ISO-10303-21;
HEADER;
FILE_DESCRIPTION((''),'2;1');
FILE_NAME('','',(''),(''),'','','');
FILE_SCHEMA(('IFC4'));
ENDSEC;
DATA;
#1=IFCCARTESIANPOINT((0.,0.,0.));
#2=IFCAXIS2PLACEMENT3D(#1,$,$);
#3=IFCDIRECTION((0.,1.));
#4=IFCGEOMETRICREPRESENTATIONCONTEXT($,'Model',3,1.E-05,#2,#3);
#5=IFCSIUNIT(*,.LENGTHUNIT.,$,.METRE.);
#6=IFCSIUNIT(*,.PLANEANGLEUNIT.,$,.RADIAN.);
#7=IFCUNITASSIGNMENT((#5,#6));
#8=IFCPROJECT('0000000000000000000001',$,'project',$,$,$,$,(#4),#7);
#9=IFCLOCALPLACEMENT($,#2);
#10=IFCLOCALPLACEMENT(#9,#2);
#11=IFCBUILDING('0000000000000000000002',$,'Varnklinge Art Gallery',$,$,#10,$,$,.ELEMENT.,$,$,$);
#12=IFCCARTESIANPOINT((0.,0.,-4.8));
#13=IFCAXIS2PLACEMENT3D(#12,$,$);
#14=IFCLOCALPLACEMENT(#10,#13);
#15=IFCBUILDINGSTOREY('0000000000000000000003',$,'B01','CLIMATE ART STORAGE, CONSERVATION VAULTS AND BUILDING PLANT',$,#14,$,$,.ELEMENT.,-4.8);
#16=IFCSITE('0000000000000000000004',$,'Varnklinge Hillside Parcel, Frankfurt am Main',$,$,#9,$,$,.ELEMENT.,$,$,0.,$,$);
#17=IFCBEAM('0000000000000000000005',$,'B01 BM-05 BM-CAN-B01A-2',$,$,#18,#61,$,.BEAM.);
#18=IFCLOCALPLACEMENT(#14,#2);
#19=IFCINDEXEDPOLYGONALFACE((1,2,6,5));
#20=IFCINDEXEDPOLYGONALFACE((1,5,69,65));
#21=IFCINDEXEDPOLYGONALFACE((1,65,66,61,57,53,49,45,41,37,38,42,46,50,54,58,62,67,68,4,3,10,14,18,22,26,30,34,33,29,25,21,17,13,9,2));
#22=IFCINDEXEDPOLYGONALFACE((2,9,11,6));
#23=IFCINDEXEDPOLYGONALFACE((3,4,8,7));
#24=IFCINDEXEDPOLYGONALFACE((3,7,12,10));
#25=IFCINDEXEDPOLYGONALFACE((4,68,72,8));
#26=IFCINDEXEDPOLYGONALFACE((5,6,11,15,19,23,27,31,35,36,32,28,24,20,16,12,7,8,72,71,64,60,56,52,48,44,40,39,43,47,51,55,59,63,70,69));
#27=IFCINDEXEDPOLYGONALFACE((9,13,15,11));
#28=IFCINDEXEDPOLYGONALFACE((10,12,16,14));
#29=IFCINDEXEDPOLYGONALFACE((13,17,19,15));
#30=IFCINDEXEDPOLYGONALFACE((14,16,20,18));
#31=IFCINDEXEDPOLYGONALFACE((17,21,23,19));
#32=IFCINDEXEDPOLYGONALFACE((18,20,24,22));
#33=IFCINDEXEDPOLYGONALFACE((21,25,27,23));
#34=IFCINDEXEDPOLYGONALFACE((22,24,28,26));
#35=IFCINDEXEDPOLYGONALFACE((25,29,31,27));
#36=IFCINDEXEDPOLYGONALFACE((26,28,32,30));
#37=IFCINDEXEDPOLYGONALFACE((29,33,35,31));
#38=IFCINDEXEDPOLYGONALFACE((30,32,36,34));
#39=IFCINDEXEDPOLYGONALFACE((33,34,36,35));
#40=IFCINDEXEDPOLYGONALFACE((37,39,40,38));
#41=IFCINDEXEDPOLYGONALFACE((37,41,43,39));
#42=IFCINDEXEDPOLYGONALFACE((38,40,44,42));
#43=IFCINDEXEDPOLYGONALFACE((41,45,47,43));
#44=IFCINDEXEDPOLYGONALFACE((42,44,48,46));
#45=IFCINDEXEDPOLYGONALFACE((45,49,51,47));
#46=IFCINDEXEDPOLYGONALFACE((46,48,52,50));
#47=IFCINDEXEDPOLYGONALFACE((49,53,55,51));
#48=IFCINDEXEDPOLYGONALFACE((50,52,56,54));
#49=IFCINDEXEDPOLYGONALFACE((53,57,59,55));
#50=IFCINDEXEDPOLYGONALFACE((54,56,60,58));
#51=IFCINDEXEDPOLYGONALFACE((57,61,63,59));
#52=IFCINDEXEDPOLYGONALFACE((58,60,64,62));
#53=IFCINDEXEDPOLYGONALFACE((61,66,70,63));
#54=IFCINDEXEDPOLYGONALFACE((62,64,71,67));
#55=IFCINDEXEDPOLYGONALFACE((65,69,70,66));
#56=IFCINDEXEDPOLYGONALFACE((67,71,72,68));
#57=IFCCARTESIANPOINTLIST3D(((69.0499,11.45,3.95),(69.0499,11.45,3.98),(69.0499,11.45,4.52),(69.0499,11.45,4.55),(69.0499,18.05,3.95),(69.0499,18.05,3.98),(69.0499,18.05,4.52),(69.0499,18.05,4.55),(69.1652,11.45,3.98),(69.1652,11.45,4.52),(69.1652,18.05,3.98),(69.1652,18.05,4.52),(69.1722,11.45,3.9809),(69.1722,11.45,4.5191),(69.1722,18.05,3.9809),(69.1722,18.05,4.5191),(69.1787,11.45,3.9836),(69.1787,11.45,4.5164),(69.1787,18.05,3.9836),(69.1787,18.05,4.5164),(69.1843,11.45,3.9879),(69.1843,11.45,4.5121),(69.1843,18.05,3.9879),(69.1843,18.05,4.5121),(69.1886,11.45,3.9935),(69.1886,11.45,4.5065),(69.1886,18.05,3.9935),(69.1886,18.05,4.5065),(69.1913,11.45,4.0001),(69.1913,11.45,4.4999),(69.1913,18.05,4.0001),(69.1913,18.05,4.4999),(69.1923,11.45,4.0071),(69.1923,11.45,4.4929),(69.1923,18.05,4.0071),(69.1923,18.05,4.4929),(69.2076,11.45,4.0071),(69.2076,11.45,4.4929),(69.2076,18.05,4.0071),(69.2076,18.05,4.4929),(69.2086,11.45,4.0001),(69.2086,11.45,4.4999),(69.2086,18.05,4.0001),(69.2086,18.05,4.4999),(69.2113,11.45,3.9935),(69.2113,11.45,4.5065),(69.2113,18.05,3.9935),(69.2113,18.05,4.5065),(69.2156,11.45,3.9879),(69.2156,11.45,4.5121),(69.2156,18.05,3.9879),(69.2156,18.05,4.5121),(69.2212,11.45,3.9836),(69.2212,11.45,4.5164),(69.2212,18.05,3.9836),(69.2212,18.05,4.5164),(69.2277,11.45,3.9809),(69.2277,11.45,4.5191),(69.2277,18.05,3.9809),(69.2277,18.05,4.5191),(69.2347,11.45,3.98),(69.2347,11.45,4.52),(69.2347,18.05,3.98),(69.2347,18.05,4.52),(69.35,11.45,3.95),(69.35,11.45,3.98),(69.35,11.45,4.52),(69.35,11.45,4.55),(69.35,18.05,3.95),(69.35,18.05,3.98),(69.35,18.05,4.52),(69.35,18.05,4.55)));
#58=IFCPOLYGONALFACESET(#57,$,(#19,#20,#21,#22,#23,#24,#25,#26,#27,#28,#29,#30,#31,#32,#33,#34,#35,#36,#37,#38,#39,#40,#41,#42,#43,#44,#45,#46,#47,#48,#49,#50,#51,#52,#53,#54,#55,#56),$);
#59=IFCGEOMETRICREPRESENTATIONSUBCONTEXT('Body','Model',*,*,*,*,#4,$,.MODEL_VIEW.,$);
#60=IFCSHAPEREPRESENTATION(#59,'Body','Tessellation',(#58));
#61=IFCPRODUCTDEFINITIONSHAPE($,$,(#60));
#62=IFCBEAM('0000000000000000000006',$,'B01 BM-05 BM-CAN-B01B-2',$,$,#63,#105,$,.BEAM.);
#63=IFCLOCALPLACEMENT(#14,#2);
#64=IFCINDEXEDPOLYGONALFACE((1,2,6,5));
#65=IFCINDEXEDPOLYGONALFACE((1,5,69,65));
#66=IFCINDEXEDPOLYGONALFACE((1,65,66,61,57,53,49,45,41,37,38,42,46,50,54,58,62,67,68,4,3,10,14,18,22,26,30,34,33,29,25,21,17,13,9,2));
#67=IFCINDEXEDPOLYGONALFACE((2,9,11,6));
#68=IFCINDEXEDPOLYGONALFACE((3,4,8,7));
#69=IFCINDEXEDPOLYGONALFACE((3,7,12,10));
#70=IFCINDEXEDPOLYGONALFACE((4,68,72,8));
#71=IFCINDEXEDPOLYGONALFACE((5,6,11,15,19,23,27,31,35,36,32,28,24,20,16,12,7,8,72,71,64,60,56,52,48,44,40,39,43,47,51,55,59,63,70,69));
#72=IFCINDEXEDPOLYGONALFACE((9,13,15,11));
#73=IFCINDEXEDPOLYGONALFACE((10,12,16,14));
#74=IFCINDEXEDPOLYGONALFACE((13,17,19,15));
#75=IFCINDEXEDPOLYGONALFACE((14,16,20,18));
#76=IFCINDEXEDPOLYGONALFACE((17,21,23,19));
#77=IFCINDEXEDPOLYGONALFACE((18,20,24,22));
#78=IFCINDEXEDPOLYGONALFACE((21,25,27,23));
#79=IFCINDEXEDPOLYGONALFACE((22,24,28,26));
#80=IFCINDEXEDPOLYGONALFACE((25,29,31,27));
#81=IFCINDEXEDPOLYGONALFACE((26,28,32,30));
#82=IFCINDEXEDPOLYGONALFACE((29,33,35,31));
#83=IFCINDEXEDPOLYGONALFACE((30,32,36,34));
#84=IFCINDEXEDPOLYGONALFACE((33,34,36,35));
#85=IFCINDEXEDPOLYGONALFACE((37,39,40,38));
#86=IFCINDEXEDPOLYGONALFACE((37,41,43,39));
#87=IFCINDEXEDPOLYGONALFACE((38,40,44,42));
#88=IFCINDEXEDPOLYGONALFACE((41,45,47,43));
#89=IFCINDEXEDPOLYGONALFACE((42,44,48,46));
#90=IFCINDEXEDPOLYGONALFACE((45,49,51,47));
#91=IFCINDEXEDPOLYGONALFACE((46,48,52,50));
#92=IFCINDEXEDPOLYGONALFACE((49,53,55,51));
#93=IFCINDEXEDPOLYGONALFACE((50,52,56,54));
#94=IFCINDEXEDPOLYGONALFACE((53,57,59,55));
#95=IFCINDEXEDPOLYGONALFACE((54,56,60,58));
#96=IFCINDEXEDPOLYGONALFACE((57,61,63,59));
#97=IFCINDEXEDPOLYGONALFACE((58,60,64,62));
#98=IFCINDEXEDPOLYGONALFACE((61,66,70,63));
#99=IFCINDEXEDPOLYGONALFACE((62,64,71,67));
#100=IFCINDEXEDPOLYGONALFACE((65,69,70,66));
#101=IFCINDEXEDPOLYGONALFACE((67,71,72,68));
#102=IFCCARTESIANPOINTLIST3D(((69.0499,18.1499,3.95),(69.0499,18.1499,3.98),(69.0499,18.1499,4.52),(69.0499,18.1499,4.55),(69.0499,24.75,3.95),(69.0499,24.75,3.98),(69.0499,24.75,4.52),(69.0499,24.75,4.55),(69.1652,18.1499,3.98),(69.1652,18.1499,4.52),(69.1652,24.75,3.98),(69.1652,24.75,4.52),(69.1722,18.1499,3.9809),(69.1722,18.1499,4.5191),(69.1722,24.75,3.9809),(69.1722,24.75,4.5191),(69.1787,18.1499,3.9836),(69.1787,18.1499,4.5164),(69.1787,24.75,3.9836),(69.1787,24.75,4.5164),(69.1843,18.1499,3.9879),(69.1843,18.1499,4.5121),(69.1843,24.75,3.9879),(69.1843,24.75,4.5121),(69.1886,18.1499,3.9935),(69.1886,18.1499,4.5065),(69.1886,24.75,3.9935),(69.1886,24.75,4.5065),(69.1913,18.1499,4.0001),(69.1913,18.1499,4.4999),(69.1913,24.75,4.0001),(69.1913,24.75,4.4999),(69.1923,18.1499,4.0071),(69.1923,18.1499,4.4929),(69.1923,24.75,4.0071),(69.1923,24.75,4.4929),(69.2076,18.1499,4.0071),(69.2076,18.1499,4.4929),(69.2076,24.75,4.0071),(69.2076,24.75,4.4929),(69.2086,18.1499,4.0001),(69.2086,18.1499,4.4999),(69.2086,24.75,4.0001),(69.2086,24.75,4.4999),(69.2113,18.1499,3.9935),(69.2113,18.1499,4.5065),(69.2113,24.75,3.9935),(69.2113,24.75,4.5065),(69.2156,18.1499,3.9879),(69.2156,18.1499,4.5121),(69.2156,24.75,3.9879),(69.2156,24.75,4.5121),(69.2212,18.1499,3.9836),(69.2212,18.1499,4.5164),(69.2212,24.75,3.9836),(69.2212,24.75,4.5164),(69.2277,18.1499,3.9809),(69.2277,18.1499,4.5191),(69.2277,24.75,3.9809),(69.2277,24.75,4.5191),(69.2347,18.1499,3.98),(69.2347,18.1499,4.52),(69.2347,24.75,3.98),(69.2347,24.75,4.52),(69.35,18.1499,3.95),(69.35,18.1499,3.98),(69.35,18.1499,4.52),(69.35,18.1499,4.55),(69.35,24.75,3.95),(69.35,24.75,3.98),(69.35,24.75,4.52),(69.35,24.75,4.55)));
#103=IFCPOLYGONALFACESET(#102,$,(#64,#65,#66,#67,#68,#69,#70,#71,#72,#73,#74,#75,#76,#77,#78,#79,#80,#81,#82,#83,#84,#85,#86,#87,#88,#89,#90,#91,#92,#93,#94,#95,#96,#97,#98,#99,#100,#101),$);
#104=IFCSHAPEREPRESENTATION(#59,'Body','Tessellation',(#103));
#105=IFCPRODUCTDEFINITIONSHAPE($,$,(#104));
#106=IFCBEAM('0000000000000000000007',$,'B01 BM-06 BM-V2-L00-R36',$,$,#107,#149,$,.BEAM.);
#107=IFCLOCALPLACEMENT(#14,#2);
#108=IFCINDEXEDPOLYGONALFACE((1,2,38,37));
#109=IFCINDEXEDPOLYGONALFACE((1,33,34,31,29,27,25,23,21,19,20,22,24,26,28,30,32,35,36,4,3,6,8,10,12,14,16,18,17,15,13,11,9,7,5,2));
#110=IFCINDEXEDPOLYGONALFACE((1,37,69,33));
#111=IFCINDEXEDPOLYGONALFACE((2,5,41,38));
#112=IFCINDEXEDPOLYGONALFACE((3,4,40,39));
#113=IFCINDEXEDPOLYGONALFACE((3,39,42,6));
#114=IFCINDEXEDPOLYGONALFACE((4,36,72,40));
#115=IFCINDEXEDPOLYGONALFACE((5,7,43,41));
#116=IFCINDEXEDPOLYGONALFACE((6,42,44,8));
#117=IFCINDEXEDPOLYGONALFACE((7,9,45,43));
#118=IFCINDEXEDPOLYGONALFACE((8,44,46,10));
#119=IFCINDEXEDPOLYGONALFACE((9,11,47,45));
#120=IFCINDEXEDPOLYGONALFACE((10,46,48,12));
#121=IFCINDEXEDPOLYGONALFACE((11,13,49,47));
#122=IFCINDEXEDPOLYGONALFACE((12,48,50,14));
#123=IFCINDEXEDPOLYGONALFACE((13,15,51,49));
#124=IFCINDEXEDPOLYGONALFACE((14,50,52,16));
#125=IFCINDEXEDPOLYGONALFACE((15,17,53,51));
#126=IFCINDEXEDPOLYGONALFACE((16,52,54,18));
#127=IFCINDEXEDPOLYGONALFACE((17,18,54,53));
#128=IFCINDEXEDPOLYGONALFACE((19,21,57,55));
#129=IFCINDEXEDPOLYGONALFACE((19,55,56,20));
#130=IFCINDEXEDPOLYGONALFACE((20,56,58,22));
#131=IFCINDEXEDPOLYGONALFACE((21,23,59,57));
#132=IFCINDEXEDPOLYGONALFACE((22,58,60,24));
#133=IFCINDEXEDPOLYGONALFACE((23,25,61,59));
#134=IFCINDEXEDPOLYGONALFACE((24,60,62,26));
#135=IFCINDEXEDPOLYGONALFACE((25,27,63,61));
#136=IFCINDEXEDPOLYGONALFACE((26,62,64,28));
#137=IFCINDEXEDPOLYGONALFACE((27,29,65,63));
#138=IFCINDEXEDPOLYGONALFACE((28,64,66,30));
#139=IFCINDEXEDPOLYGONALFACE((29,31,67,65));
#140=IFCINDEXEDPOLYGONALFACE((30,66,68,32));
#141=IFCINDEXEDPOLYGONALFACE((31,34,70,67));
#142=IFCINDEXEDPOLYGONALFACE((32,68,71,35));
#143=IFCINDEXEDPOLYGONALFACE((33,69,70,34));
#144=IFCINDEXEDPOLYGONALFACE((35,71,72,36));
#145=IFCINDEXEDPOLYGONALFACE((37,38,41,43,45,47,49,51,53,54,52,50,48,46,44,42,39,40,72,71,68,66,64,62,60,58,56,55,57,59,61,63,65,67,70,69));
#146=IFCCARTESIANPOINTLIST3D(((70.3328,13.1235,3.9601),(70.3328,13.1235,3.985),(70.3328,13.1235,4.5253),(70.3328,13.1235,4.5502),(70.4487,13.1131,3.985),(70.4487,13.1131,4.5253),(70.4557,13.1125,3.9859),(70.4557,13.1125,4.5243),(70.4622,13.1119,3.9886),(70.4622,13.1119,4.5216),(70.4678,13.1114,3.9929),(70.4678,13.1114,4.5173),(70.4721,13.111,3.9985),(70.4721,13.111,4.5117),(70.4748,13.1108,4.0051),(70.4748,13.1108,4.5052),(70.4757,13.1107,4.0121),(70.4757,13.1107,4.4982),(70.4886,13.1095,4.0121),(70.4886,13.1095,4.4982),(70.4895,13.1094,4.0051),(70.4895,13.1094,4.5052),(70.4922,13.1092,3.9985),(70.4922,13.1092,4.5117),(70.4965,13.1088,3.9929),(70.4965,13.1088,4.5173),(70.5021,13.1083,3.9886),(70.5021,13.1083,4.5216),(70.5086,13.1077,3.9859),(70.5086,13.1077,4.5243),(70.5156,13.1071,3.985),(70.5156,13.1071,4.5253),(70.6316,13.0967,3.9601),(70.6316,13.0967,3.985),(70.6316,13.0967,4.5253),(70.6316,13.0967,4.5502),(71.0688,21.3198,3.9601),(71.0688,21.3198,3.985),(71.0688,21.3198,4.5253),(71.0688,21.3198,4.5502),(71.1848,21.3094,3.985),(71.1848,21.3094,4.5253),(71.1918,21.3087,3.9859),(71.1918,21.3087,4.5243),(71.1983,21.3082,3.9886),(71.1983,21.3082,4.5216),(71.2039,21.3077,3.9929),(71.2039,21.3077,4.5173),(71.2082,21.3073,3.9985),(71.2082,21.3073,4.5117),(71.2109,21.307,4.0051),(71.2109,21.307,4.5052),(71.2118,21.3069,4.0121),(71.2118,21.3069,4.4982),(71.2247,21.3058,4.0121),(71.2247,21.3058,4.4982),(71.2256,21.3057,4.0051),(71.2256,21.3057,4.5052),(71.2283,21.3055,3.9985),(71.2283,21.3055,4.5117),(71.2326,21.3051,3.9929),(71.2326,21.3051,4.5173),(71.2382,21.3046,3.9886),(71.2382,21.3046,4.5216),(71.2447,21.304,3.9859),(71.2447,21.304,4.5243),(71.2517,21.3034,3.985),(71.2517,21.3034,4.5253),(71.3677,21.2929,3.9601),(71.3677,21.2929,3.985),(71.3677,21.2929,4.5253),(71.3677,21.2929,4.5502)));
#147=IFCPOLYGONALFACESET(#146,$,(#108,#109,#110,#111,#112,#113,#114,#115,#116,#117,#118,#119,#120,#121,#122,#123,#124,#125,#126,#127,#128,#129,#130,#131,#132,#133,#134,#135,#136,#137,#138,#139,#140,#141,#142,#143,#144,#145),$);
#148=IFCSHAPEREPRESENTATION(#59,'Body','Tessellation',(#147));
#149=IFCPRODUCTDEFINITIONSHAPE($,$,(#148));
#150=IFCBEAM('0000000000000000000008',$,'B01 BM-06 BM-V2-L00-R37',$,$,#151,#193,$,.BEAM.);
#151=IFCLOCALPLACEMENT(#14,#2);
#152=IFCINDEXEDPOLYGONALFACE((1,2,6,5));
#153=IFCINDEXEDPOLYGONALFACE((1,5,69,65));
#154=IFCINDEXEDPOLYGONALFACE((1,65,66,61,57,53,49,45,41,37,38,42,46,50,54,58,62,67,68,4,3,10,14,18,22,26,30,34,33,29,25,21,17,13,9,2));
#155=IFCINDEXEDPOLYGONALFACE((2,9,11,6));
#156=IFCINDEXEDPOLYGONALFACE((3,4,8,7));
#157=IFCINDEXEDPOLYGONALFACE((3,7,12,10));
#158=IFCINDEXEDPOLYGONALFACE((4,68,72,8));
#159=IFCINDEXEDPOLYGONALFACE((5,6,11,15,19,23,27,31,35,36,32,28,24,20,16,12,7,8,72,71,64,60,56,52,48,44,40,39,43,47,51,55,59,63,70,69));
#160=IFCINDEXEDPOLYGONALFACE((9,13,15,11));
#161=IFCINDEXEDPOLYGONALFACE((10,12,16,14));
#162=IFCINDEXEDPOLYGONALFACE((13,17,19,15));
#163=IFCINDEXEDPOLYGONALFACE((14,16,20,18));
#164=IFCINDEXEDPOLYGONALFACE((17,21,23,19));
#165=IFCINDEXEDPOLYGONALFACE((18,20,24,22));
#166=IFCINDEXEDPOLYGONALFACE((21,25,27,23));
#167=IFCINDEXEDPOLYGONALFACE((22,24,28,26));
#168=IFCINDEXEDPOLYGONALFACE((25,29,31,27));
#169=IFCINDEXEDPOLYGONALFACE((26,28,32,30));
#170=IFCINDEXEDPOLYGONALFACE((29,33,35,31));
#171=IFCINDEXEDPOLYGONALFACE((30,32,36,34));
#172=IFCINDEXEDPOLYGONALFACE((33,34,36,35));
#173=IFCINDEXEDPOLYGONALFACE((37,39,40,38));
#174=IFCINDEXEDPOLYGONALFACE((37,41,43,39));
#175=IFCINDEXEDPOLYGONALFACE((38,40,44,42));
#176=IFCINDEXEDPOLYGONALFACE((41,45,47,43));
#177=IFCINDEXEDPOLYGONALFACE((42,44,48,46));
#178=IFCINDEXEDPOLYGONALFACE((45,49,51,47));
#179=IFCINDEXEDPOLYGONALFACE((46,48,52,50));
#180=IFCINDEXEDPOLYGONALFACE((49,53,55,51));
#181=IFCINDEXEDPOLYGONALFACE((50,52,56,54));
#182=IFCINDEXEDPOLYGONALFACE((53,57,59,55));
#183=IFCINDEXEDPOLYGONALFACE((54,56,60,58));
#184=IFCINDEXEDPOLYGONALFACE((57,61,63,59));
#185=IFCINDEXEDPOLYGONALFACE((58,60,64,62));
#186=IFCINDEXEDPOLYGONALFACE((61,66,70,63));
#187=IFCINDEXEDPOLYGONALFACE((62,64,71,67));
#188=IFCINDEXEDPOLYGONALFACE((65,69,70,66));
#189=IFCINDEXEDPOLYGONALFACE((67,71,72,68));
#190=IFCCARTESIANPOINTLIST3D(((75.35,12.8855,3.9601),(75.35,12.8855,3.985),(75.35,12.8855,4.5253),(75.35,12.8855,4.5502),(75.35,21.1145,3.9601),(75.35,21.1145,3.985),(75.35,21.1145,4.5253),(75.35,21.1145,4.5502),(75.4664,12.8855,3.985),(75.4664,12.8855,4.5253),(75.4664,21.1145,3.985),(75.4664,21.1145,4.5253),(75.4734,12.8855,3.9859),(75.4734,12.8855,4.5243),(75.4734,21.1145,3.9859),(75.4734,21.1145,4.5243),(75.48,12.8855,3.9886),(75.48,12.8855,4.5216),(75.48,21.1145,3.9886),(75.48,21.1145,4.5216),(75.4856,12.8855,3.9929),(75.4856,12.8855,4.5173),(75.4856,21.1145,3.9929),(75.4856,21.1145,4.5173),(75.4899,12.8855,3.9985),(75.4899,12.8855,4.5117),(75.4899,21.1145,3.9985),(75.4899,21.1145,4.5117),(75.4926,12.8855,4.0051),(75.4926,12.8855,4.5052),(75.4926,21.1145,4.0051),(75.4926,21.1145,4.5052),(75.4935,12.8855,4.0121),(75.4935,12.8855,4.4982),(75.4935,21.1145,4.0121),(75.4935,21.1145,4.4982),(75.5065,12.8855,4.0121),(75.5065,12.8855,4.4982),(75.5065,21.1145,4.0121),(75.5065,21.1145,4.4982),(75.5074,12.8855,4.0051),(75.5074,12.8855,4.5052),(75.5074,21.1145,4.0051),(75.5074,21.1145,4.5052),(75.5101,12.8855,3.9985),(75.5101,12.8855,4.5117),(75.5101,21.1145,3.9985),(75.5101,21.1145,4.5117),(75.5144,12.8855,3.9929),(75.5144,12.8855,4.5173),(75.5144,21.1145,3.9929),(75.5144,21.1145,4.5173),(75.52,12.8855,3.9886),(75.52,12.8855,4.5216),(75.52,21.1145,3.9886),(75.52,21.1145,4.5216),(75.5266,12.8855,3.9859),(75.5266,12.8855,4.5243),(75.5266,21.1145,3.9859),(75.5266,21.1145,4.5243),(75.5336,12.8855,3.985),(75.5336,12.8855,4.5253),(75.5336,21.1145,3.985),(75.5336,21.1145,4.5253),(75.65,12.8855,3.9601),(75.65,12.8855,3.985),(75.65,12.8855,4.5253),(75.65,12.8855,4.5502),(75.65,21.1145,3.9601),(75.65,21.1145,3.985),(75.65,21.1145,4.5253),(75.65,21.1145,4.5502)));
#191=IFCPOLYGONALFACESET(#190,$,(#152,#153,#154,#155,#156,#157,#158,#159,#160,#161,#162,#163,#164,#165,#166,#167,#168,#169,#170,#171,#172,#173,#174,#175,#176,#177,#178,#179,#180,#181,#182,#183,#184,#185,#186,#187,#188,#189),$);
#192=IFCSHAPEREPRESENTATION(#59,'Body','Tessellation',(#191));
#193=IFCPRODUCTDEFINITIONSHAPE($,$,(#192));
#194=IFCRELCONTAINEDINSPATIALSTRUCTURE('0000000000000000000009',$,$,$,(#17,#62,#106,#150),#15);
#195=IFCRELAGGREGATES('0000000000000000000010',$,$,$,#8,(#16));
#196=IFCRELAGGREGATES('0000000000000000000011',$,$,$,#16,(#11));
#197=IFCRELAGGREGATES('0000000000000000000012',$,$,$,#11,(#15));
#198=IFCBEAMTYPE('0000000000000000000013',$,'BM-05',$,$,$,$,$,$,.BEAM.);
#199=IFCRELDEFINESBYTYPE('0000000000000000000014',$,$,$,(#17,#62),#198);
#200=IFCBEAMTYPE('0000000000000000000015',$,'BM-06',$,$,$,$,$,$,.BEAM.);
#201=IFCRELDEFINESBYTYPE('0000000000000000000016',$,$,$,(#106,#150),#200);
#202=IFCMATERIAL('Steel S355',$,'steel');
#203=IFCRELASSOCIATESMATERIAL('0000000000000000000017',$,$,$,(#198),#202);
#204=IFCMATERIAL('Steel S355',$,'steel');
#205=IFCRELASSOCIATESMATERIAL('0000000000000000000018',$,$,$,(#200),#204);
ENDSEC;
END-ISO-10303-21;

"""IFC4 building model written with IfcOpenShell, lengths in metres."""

from ifc_helpers import new_model, si_unit, direction, frame, origin, origin_2d, place, context, subcontext, project, spatial, i_section, extrude, material, material_profile, profile_set, type_object, element, save


model = new_model("IFC4")

# Units and contexts
model_context = context("Model", 3, precision=1e-05, world=origin(), true_north=direction((0.0, 1.0)))
body_context = subcontext(model_context, "Body", "Model", "MODEL_VIEW")
ifc_project = project(units=[si_unit("LENGTHUNIT", "METRE"), si_unit("PLANEANGLEUNIT", "RADIAN")], contexts=[model_context])

# Site, building, storey
site_placement = place(None, origin())
site = spatial("IfcSite", under=ifc_project, at=site_placement, Name="Varnklinge Hillside Parcel, Frankfurt am Main", CompositionType="ELEMENT", RefElevation=0.0)
building_placement = place(site_placement, origin())
building = spatial("IfcBuilding", under=site, at=building_placement, Name="Varnklinge Art Gallery", CompositionType="ELEMENT")
storey_placement = place(building_placement, frame((0.0, 0.0, -4.8)))
storey = spatial("IfcBuildingStorey", under=building, at=storey_placement, Name="B01", Description="CLIMATE ART STORAGE, CONSERVATION VAULTS AND BUILDING PLANT", CompositionType="ELEMENT", Elevation=-4.8)

# Beams
ifc_material_1 = material(Name="Steel S355", Category="steel")
ifc_material_profile_1 = material_profile(ifc_material_1, i_section(OverallWidth=0.3, OverallDepth=0.6001, WebThickness=0.0154, FlangeThickness=0.03, FilletRadius=0.0271, at=origin_2d()), Name="HEB 600")
ifc_profile_set_1 = profile_set([ifc_material_profile_1], Name="Steel S355")
beam_type_1 = type_object("IfcBeamType", Name="BM-05", PredefinedType="BEAM", material=ifc_profile_set_1)
for number, where, z_axis, x_axis, name in (
    (1, (69.2, 11.45, 4.25), (0.0, 1.0, 0.0), (-1.0, 0.0, 0.0), "B01 BM-05 BM-CAN-B01A-2"),
    (2, (69.2, 18.1499, 4.25), (0.0, 1.0, 0.0), (-1.0, 0.0, 0.0), "B01 BM-05 BM-CAN-B01B-2"),
):
    element("IfcBeam", number, at=place(storey_placement, frame(where, z_axis=z_axis, x_axis=x_axis)), inside=storey, type_object=beam_type_1, Name=name, PredefinedType="BEAM", context=body_context, shape_type="SweptSolid", body=[
        extrude(i_section(OverallWidth=0.3, OverallDepth=0.6001, WebThickness=0.0154, FlangeThickness=0.03, FilletRadius=0.0271, at=origin_2d()), origin(), (0.0, 0.0, 1.0), 6.6001),
    ])
ifc_material_2 = material(Name="Steel S355", Category="steel")
ifc_material_profile_2 = material_profile(ifc_material_2, i_section(OverallWidth=0.3, OverallDepth=0.5901, WebThickness=0.0129, FlangeThickness=0.0249, FilletRadius=0.0271, at=origin_2d()), Name="HEA 600")
ifc_profile_set_2 = profile_set([ifc_material_profile_2], Name="Steel S355")
beam_type_2 = type_object("IfcBeamType", Name="BM-06", PredefinedType="BEAM", material=ifc_profile_set_2)
beam_1_placement = place(storey_placement, frame((70.4822, 13.1101, 4.2551), z_axis=(0.089447, 0.995992, 0.0), x_axis=(-0.995992, 0.089447, 0.0)))
element("IfcBeam", 3, at=beam_1_placement, inside=storey, type_object=beam_type_2, Name="B01 BM-06 BM-V2-L00-R36", PredefinedType="BEAM", context=body_context, shape_type="SweptSolid", body=[
    extrude(i_section(OverallWidth=0.3, OverallDepth=0.5901, WebThickness=0.0129, FlangeThickness=0.0249, FilletRadius=0.0271, at=origin_2d()), origin(), (0.0, 0.0, 1.0), 8.2292),
])
beam_2_placement = place(storey_placement, frame((75.5, 12.8855, 4.2551), z_axis=(0.0, 1.0, 0.0), x_axis=(-1.0, 0.0, 0.0)))
element("IfcBeam", 4, at=beam_2_placement, inside=storey, type_object=beam_type_2, Name="B01 BM-06 BM-V2-L00-R37", PredefinedType="BEAM", context=body_context, shape_type="SweptSolid", body=[
    extrude(i_section(OverallWidth=0.3, OverallDepth=0.5901, WebThickness=0.0129, FlangeThickness=0.0249, FilletRadius=0.0271, at=origin_2d()), origin(), (0.0, 0.0, 1.0), 8.229),
])

save(model, "model.ifc")
